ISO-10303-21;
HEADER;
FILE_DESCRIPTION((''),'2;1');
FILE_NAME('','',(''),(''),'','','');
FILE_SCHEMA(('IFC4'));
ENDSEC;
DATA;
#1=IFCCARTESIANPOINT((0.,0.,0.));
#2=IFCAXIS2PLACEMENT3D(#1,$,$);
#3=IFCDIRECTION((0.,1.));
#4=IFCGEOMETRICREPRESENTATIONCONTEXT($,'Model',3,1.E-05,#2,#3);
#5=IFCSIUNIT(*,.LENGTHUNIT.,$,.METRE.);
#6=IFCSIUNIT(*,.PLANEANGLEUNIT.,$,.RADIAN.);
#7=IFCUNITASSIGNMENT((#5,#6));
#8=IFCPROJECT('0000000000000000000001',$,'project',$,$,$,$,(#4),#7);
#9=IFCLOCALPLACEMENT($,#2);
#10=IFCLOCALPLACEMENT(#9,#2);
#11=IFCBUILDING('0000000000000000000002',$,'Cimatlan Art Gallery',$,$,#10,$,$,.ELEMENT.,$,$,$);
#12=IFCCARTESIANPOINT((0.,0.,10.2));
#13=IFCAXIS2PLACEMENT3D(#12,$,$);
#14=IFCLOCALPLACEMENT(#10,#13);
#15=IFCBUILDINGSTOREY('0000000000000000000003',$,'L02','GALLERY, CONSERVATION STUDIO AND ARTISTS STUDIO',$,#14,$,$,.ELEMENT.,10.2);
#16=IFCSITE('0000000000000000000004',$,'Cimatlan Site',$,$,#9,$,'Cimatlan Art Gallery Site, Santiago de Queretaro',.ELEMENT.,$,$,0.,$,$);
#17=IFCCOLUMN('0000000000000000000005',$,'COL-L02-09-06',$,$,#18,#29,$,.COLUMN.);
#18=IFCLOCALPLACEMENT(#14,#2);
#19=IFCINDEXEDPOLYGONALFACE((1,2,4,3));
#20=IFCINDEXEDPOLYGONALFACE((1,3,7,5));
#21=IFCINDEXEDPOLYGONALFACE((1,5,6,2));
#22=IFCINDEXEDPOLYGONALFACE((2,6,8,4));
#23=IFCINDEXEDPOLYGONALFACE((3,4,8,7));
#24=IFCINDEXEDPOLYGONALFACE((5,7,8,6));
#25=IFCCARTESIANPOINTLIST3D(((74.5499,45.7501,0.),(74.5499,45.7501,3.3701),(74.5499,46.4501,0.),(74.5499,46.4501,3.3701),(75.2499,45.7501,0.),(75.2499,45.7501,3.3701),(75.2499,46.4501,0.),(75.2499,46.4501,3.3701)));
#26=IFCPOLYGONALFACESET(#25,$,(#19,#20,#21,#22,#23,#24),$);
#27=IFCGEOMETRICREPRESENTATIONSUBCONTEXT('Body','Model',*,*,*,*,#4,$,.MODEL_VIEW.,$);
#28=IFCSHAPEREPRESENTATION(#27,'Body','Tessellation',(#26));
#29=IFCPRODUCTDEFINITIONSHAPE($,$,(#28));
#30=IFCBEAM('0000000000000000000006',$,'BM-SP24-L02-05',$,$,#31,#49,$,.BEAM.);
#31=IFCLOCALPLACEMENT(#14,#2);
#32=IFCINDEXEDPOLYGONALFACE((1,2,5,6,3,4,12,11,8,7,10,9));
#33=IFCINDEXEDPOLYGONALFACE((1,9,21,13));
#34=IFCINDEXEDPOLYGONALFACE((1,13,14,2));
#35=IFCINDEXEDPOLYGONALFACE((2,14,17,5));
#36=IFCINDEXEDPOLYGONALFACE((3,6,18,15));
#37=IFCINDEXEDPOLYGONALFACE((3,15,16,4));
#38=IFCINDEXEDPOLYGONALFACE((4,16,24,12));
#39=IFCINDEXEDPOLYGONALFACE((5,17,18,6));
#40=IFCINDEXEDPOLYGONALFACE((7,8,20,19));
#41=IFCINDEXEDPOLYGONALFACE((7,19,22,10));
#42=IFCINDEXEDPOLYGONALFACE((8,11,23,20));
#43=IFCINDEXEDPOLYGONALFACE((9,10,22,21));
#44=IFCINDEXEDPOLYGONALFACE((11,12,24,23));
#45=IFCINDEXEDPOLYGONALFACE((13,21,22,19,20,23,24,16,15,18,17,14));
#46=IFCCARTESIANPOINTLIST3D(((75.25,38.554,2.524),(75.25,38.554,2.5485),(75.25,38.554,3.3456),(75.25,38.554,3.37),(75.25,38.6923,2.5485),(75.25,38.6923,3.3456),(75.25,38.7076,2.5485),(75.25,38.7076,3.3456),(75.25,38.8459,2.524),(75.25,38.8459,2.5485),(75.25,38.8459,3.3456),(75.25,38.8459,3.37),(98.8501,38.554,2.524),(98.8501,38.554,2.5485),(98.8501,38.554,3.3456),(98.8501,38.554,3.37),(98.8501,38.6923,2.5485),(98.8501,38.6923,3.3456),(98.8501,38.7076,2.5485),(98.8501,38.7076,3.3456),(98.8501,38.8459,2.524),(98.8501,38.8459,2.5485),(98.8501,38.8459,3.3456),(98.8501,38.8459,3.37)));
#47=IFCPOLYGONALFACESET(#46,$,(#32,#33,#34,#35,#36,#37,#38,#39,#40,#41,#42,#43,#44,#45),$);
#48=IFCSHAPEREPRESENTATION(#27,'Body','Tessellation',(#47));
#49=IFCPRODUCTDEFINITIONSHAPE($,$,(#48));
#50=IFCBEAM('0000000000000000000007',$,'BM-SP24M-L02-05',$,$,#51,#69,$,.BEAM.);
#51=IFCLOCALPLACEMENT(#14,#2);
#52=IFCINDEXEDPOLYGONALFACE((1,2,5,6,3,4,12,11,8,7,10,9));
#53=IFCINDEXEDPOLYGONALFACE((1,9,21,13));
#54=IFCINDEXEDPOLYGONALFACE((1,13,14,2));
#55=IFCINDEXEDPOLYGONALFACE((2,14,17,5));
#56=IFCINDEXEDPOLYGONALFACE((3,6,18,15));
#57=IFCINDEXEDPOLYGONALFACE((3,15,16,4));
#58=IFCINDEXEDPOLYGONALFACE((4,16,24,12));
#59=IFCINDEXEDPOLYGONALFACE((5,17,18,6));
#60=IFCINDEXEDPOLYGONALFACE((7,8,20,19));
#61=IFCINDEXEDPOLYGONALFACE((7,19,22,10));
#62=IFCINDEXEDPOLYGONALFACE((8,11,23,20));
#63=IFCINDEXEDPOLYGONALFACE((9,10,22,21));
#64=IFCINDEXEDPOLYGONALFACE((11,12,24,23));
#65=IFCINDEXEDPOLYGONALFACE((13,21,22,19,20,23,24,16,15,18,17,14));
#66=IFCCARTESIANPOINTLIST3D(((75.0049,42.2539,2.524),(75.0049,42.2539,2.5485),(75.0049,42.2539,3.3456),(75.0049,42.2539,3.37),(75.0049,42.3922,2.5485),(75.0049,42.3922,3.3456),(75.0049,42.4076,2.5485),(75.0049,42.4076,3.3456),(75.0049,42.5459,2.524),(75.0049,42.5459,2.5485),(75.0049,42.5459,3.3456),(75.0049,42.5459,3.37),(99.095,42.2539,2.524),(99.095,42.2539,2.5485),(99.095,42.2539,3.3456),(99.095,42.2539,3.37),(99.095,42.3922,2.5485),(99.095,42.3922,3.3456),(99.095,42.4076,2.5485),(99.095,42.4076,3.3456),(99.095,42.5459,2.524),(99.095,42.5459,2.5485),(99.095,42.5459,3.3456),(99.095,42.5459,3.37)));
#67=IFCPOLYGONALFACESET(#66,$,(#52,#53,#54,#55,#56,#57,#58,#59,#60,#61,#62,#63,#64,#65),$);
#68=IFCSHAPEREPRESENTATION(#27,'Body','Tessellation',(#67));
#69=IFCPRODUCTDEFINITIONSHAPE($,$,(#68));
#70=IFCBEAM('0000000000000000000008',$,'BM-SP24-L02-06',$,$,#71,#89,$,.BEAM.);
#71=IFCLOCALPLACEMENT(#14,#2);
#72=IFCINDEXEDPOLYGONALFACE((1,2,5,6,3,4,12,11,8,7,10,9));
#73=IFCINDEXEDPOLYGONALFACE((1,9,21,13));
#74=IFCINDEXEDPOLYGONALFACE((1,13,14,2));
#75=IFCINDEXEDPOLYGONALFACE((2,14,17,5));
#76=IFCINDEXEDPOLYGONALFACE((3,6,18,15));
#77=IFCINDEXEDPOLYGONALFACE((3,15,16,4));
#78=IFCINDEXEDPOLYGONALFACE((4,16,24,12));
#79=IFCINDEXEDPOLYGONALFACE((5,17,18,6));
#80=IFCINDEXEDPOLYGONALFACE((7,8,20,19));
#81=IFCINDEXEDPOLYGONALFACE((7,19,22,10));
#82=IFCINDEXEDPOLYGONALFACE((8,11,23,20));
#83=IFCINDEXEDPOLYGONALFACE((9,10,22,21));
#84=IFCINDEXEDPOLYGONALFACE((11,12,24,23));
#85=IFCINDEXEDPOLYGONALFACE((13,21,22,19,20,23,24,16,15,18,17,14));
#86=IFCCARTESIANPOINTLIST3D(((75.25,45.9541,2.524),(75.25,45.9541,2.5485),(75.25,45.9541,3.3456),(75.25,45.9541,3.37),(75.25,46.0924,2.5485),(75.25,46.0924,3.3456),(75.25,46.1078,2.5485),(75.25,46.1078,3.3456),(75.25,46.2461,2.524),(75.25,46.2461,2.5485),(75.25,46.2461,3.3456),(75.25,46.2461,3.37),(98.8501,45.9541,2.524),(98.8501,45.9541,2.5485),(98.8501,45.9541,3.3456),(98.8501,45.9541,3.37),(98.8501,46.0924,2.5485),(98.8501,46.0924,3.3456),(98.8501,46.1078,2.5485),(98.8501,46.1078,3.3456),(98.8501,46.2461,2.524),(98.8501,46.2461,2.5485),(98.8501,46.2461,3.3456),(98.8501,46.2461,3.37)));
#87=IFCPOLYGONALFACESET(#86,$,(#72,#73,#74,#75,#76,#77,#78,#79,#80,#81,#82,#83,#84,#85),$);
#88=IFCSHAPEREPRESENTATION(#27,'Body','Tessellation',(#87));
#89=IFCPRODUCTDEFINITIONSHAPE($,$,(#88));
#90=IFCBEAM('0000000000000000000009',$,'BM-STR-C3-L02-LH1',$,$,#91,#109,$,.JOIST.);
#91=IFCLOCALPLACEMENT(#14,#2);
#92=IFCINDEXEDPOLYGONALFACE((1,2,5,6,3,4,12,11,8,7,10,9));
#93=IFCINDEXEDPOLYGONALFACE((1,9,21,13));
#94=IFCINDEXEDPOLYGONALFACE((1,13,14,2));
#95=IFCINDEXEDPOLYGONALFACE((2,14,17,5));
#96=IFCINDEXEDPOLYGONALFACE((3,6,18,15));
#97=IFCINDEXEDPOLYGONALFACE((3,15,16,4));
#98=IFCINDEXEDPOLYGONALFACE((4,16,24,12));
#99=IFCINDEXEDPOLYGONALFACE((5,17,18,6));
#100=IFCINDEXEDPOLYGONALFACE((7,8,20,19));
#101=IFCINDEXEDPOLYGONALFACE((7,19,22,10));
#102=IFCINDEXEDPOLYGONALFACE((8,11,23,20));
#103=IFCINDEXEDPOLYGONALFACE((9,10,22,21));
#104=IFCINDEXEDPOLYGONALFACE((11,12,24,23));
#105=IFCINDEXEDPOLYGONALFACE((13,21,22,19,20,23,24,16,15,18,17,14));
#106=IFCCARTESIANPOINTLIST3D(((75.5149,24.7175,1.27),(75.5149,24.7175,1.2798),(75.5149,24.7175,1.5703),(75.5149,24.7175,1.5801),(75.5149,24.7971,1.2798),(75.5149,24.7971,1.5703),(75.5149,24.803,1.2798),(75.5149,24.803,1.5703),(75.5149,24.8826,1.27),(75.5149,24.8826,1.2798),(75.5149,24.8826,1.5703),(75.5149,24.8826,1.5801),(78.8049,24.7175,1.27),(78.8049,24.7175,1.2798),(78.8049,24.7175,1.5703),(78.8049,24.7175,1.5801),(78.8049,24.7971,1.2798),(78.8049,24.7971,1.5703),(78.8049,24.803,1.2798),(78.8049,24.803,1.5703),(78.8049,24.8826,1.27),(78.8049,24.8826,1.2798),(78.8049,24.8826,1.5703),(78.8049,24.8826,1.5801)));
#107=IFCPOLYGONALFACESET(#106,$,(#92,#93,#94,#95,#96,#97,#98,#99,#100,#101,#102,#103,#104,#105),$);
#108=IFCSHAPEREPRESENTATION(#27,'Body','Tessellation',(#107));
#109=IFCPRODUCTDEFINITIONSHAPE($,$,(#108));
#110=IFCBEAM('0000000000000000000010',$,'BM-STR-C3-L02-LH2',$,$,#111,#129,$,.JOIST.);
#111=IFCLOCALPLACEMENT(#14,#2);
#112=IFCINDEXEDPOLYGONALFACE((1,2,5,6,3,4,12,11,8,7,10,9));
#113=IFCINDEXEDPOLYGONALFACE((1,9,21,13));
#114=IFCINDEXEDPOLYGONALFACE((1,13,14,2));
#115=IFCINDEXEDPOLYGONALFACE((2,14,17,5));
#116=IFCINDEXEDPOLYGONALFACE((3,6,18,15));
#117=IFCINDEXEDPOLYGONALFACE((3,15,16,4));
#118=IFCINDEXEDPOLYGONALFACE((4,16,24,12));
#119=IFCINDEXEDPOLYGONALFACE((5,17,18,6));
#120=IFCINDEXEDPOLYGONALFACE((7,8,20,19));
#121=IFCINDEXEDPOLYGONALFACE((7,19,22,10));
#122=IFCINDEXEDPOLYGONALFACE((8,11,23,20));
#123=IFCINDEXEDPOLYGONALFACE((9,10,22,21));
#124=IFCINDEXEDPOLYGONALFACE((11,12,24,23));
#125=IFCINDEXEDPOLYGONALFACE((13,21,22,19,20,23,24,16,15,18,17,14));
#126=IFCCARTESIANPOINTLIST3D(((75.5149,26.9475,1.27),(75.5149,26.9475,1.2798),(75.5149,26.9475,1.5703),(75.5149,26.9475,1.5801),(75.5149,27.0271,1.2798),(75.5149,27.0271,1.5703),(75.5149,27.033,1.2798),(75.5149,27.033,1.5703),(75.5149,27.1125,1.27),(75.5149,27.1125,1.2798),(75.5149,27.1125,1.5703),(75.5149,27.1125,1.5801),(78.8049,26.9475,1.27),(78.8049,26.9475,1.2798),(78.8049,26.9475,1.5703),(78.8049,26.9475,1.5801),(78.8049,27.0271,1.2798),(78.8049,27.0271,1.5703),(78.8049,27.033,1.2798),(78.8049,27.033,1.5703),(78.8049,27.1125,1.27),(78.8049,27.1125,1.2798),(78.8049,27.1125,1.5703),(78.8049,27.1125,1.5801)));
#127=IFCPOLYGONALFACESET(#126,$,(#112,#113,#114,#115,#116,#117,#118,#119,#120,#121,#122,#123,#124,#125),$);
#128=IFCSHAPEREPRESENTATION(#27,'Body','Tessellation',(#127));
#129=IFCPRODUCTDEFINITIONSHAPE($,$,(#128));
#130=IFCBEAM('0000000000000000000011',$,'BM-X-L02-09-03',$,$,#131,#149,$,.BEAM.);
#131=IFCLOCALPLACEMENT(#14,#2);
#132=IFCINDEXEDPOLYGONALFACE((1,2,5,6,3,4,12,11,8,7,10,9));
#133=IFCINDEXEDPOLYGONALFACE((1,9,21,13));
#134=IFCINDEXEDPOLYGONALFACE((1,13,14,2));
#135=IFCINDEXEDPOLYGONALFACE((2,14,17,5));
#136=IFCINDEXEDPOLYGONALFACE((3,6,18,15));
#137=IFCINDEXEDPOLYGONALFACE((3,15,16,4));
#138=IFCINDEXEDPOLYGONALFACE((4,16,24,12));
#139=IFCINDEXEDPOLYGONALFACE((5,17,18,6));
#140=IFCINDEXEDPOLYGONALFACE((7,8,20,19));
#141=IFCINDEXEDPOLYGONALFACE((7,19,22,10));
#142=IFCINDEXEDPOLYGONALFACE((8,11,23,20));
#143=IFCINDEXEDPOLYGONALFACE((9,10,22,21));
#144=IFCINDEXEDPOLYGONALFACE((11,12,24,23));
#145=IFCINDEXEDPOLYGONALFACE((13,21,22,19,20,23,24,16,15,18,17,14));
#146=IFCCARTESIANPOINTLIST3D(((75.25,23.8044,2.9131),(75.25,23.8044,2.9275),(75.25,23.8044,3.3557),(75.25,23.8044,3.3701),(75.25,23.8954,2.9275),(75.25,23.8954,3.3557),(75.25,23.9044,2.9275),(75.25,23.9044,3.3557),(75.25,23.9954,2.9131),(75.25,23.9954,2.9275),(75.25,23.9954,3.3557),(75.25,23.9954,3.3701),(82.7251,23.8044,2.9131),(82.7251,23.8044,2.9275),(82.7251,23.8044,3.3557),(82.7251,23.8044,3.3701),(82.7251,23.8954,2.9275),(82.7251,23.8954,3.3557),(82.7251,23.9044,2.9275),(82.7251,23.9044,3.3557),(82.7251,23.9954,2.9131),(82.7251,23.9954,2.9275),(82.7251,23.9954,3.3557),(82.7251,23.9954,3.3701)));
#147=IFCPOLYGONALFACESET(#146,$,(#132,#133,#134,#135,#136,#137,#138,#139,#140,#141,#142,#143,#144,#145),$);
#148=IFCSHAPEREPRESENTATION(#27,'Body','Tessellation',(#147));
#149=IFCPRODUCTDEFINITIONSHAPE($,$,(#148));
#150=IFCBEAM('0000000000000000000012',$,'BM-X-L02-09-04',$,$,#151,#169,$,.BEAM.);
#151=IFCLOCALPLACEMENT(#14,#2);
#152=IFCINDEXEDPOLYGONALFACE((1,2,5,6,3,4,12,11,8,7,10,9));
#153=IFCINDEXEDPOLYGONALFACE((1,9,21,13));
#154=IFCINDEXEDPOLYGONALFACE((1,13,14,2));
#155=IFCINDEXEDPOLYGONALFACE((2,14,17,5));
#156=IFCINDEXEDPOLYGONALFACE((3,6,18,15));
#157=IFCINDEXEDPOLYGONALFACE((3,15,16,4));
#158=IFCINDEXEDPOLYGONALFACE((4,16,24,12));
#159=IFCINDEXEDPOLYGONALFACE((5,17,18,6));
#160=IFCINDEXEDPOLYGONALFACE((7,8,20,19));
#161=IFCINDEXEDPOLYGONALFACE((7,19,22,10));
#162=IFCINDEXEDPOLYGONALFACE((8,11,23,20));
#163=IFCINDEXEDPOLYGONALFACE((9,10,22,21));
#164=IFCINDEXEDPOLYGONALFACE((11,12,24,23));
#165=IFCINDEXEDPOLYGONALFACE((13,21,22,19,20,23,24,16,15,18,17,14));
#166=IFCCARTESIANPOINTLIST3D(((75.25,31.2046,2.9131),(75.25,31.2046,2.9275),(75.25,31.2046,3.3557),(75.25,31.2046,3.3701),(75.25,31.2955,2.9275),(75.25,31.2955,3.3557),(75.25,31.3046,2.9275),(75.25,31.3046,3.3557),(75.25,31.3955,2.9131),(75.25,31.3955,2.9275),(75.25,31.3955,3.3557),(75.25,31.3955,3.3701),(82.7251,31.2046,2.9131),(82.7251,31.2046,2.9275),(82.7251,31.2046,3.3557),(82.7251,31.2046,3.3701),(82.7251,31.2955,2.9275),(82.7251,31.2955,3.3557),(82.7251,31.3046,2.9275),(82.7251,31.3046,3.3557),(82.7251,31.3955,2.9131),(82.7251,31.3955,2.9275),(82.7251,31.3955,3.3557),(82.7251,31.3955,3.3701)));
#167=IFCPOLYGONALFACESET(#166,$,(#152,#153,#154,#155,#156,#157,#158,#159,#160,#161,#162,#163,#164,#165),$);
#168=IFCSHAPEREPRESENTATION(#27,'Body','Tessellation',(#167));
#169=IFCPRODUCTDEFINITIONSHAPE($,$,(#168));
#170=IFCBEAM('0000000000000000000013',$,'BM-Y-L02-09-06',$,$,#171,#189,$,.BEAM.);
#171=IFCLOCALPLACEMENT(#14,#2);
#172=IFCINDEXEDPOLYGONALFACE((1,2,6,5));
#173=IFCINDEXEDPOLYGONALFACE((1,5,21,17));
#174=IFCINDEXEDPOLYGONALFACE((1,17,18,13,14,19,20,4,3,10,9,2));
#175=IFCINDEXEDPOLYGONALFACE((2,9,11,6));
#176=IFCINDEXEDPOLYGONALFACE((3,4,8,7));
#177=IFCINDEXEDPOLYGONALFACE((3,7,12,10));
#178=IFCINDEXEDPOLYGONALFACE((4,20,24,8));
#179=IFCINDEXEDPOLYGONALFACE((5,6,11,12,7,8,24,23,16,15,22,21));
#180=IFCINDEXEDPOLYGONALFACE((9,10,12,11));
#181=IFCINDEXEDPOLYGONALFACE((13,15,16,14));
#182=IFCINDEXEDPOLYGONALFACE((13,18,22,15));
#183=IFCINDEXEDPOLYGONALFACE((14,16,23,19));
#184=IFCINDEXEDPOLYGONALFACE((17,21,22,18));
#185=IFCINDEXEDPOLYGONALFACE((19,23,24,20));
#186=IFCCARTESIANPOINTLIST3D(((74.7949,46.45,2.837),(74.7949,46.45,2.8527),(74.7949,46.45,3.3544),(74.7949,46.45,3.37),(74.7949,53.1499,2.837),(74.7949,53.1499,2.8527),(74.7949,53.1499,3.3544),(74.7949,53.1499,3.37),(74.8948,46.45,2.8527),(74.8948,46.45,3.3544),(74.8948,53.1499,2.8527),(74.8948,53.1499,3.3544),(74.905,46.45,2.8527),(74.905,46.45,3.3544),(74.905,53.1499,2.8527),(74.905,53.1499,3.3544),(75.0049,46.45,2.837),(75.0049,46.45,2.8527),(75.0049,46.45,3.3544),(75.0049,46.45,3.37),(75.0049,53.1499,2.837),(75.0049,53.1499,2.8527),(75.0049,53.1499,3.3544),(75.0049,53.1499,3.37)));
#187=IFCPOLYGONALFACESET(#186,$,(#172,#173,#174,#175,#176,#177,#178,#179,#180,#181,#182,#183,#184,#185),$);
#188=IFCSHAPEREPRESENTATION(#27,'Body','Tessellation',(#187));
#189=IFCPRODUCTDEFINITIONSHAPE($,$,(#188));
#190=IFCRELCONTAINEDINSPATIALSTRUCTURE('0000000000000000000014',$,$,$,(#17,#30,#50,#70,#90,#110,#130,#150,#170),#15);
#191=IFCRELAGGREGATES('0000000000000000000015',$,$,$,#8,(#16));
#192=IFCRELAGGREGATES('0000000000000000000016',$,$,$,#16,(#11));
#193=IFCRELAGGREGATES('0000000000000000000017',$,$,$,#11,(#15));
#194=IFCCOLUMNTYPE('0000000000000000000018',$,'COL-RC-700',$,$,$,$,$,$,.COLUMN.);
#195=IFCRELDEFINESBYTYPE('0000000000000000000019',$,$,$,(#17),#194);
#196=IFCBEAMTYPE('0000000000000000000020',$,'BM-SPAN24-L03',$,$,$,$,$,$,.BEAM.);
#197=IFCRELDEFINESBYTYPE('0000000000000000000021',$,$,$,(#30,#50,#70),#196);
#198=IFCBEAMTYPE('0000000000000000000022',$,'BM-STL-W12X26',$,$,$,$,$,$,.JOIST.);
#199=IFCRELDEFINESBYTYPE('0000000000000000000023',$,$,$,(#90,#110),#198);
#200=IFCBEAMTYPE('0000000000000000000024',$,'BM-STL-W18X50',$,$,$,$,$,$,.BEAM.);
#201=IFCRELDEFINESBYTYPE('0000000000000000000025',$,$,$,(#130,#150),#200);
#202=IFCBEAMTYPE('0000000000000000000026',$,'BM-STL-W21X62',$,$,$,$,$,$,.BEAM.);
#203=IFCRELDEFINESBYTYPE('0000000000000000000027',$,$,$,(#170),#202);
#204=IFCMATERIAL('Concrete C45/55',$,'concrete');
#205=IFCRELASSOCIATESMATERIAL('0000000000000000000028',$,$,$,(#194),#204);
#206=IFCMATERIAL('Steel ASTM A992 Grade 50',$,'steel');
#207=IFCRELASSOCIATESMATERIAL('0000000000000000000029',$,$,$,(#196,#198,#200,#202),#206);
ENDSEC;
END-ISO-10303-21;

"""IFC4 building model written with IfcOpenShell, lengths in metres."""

from ifc_helpers import new_model, si_unit, direction, frame, origin, origin_2d, place, context, subcontext, project, spatial, rectangle, i_section, extrude, material, material_profile, profile_set, type_object, element, save


model = new_model("IFC4")

# Units and contexts
model_context = context("Model", 3, precision=1e-05, world=origin(), true_north=direction((0.0, 1.0)))
body_context = subcontext(model_context, "Body", "Model", "MODEL_VIEW")
ifc_project = project(units=[si_unit("LENGTHUNIT", "METRE"), si_unit("PLANEANGLEUNIT", "RADIAN")], contexts=[model_context])

# Site, building, storey
site_placement = place(None, origin())
site = spatial("IfcSite", under=ifc_project, at=site_placement, Name="Cimatlan Site", LongName="Cimatlan Art Gallery Site, Santiago de Queretaro", CompositionType="ELEMENT", RefElevation=0.0)
building_placement = place(site_placement, origin())
building = spatial("IfcBuilding", under=site, at=building_placement, Name="Cimatlan Art Gallery", CompositionType="ELEMENT")
storey_placement = place(building_placement, frame((0.0, 0.0, 10.2)))
storey = spatial("IfcBuildingStorey", under=building, at=storey_placement, Name="L02", Description="GALLERY, CONSERVATION STUDIO AND ARTISTS STUDIO", CompositionType="ELEMENT", Elevation=10.2)

# Column
ifc_material_1 = material(Name="Concrete C45/55", Category="concrete")
ifc_material_profile_1 = material_profile(ifc_material_1, rectangle(XDim=0.7, YDim=0.7, at=origin_2d()), Name="RC700X700")
ifc_profile_set_1 = profile_set([ifc_material_profile_1], Name="Concrete C45/55")
column_type = type_object("IfcColumnType", Name="COL-RC-700", PredefinedType="COLUMN", material=ifc_profile_set_1)
column_placement = place(storey_placement, frame((74.8999, 46.1001, 0.0), z_axis=(0.0, 0.0, 1.0), x_axis=(1.0, 0.0, 0.0)))
element("IfcColumn", 1, at=column_placement, inside=storey, type_object=column_type, Name="COL-L02-09-06", PredefinedType="COLUMN", context=body_context, shape_type="SweptSolid", body=[
    extrude(rectangle(XDim=0.7, YDim=0.7, at=origin_2d()), origin(), (0.0, 0.0, 1.0), 3.3701),
])

# Beams
ifc_material_2 = material(Name="Steel ASTM A992 Grade 50", Category="steel")
ifc_material_profile_2 = material_profile(ifc_material_2, i_section(OverallWidth=0.292, OverallDepth=0.8459, WebThickness=0.0154, FlangeThickness=0.0244, at=origin_2d()), Name="W33X141")
ifc_profile_set_2 = profile_set([ifc_material_profile_2], Name="Steel ASTM A992 Grade 50")
beam_type_1 = type_object("IfcBeamType", Name="BM-SPAN24-L03", PredefinedType="BEAM", material=ifc_profile_set_2)
beam_1_placement = place(storey_placement, frame((75.25, 38.7, 2.947), z_axis=(1.0, 0.0, 0.0), x_axis=(0.0, 1.0, 0.0)))
element("IfcBeam", 2, at=beam_1_placement, inside=storey, type_object=beam_type_1, Name="BM-SP24-L02-05", PredefinedType="BEAM", context=body_context, shape_type="SweptSolid", body=[
    extrude(i_section(OverallWidth=0.292, OverallDepth=0.8459, WebThickness=0.0154, FlangeThickness=0.0244, at=origin_2d()), origin(), (0.0, 0.0, 1.0), 23.6001),
])
beam_2_placement = place(storey_placement, frame((75.0049, 42.3999, 2.947), z_axis=(1.0, 0.0, 0.0), x_axis=(0.0, 1.0, 0.0)))
element("IfcBeam", 3, at=beam_2_placement, inside=storey, type_object=beam_type_1, Name="BM-SP24M-L02-05", PredefinedType="BEAM", context=body_context, shape_type="SweptSolid", body=[
    extrude(i_section(OverallWidth=0.292, OverallDepth=0.8459, WebThickness=0.0154, FlangeThickness=0.0244, at=origin_2d()), origin(), (0.0, 0.0, 1.0), 24.0901),
])
beam_3_placement = place(storey_placement, frame((75.25, 46.1001, 2.947), z_axis=(1.0, 0.0, 0.0), x_axis=(0.0, 1.0, 0.0)))
element("IfcBeam", 4, at=beam_3_placement, inside=storey, type_object=beam_type_1, Name="BM-SP24-L02-06", PredefinedType="BEAM", context=body_context, shape_type="SweptSolid", body=[
    extrude(i_section(OverallWidth=0.292, OverallDepth=0.8459, WebThickness=0.0154, FlangeThickness=0.0244, at=origin_2d()), origin(), (0.0, 0.0, 1.0), 23.6001),
])
ifc_material_profile_3 = material_profile(ifc_material_2, i_section(OverallWidth=0.165, OverallDepth=0.3101, WebThickness=0.0059, FlangeThickness=0.0098, at=origin_2d()), Name="W12X26")
ifc_profile_set_3 = profile_set([ifc_material_profile_3], Name="Steel ASTM A992 Grade 50")
beam_type_2 = type_object("IfcBeamType", Name="BM-STL-W12X26", PredefinedType="JOIST", material=ifc_profile_set_3)
for number, where, z_axis, x_axis, name in (
    (5, (75.5149, 24.8, 1.425), (1.0, 0.0, 0.0), (0.0, 1.0, 0.0), "BM-STR-C3-L02-LH1"),
    (6, (75.5149, 27.03, 1.425), (1.0, 0.0, 0.0), (0.0, 1.0, 0.0), "BM-STR-C3-L02-LH2"),
):
    element("IfcBeam", number, at=place(storey_placement, frame(where, z_axis=z_axis, x_axis=x_axis)), inside=storey, type_object=beam_type_2, Name=name, PredefinedType="JOIST", context=body_context, shape_type="SweptSolid", body=[
        extrude(i_section(OverallWidth=0.165, OverallDepth=0.3101, WebThickness=0.0059, FlangeThickness=0.0098, at=origin_2d()), origin(), (0.0, 0.0, 1.0), 3.29),
    ])
ifc_material_profile_4 = material_profile(ifc_material_2, i_section(OverallWidth=0.1909, OverallDepth=0.457, WebThickness=0.009, FlangeThickness=0.0144, at=origin_2d()), Name="W18X50")
ifc_profile_set_4 = profile_set([ifc_material_profile_4], Name="Steel ASTM A992 Grade 50")
beam_type_3 = type_object("IfcBeamType", Name="BM-STL-W18X50", PredefinedType="BEAM", material=ifc_profile_set_4)
for number, where, z_axis, x_axis, name in (
    (7, (75.25, 23.8999, 3.1416), (1.0, 0.0, 0.0), (0.0, 1.0, 0.0), "BM-X-L02-09-03"),
    (8, (75.25, 31.3, 3.1416), (1.0, 0.0, 0.0), (0.0, 1.0, 0.0), "BM-X-L02-09-04"),
):
    element("IfcBeam", number, at=place(storey_placement, frame(where, z_axis=z_axis, x_axis=x_axis)), inside=storey, type_object=beam_type_3, Name=name, PredefinedType="BEAM", context=body_context, shape_type="SweptSolid", body=[
        extrude(i_section(OverallWidth=0.1909, OverallDepth=0.457, WebThickness=0.009, FlangeThickness=0.0144, at=origin_2d()), origin(), (0.0, 0.0, 1.0), 7.4751),
    ])
ifc_material_profile_5 = material_profile(ifc_material_2, i_section(OverallWidth=0.21, OverallDepth=0.533, WebThickness=0.0103, FlangeThickness=0.0156, at=origin_2d()), Name="W21X62")
ifc_profile_set_5 = profile_set([ifc_material_profile_5], Name="Steel ASTM A992 Grade 50")
beam_type_4 = type_object("IfcBeamType", Name="BM-STL-W21X62", PredefinedType="BEAM", material=ifc_profile_set_5)
beam_4_placement = place(storey_placement, frame((74.8999, 46.45, 3.1035), z_axis=(0.0, 1.0, 0.0), x_axis=(-1.0, 0.0, 0.0)))
element("IfcBeam", 9, at=beam_4_placement, inside=storey, type_object=beam_type_4, Name="BM-Y-L02-09-06", PredefinedType="BEAM", context=body_context, shape_type="SweptSolid", body=[
    extrude(i_section(OverallWidth=0.21, OverallDepth=0.533, WebThickness=0.0103, FlangeThickness=0.0156, at=origin_2d()), origin(), (0.0, 0.0, 1.0), 6.7),
])

save(model, "model.ifc")
